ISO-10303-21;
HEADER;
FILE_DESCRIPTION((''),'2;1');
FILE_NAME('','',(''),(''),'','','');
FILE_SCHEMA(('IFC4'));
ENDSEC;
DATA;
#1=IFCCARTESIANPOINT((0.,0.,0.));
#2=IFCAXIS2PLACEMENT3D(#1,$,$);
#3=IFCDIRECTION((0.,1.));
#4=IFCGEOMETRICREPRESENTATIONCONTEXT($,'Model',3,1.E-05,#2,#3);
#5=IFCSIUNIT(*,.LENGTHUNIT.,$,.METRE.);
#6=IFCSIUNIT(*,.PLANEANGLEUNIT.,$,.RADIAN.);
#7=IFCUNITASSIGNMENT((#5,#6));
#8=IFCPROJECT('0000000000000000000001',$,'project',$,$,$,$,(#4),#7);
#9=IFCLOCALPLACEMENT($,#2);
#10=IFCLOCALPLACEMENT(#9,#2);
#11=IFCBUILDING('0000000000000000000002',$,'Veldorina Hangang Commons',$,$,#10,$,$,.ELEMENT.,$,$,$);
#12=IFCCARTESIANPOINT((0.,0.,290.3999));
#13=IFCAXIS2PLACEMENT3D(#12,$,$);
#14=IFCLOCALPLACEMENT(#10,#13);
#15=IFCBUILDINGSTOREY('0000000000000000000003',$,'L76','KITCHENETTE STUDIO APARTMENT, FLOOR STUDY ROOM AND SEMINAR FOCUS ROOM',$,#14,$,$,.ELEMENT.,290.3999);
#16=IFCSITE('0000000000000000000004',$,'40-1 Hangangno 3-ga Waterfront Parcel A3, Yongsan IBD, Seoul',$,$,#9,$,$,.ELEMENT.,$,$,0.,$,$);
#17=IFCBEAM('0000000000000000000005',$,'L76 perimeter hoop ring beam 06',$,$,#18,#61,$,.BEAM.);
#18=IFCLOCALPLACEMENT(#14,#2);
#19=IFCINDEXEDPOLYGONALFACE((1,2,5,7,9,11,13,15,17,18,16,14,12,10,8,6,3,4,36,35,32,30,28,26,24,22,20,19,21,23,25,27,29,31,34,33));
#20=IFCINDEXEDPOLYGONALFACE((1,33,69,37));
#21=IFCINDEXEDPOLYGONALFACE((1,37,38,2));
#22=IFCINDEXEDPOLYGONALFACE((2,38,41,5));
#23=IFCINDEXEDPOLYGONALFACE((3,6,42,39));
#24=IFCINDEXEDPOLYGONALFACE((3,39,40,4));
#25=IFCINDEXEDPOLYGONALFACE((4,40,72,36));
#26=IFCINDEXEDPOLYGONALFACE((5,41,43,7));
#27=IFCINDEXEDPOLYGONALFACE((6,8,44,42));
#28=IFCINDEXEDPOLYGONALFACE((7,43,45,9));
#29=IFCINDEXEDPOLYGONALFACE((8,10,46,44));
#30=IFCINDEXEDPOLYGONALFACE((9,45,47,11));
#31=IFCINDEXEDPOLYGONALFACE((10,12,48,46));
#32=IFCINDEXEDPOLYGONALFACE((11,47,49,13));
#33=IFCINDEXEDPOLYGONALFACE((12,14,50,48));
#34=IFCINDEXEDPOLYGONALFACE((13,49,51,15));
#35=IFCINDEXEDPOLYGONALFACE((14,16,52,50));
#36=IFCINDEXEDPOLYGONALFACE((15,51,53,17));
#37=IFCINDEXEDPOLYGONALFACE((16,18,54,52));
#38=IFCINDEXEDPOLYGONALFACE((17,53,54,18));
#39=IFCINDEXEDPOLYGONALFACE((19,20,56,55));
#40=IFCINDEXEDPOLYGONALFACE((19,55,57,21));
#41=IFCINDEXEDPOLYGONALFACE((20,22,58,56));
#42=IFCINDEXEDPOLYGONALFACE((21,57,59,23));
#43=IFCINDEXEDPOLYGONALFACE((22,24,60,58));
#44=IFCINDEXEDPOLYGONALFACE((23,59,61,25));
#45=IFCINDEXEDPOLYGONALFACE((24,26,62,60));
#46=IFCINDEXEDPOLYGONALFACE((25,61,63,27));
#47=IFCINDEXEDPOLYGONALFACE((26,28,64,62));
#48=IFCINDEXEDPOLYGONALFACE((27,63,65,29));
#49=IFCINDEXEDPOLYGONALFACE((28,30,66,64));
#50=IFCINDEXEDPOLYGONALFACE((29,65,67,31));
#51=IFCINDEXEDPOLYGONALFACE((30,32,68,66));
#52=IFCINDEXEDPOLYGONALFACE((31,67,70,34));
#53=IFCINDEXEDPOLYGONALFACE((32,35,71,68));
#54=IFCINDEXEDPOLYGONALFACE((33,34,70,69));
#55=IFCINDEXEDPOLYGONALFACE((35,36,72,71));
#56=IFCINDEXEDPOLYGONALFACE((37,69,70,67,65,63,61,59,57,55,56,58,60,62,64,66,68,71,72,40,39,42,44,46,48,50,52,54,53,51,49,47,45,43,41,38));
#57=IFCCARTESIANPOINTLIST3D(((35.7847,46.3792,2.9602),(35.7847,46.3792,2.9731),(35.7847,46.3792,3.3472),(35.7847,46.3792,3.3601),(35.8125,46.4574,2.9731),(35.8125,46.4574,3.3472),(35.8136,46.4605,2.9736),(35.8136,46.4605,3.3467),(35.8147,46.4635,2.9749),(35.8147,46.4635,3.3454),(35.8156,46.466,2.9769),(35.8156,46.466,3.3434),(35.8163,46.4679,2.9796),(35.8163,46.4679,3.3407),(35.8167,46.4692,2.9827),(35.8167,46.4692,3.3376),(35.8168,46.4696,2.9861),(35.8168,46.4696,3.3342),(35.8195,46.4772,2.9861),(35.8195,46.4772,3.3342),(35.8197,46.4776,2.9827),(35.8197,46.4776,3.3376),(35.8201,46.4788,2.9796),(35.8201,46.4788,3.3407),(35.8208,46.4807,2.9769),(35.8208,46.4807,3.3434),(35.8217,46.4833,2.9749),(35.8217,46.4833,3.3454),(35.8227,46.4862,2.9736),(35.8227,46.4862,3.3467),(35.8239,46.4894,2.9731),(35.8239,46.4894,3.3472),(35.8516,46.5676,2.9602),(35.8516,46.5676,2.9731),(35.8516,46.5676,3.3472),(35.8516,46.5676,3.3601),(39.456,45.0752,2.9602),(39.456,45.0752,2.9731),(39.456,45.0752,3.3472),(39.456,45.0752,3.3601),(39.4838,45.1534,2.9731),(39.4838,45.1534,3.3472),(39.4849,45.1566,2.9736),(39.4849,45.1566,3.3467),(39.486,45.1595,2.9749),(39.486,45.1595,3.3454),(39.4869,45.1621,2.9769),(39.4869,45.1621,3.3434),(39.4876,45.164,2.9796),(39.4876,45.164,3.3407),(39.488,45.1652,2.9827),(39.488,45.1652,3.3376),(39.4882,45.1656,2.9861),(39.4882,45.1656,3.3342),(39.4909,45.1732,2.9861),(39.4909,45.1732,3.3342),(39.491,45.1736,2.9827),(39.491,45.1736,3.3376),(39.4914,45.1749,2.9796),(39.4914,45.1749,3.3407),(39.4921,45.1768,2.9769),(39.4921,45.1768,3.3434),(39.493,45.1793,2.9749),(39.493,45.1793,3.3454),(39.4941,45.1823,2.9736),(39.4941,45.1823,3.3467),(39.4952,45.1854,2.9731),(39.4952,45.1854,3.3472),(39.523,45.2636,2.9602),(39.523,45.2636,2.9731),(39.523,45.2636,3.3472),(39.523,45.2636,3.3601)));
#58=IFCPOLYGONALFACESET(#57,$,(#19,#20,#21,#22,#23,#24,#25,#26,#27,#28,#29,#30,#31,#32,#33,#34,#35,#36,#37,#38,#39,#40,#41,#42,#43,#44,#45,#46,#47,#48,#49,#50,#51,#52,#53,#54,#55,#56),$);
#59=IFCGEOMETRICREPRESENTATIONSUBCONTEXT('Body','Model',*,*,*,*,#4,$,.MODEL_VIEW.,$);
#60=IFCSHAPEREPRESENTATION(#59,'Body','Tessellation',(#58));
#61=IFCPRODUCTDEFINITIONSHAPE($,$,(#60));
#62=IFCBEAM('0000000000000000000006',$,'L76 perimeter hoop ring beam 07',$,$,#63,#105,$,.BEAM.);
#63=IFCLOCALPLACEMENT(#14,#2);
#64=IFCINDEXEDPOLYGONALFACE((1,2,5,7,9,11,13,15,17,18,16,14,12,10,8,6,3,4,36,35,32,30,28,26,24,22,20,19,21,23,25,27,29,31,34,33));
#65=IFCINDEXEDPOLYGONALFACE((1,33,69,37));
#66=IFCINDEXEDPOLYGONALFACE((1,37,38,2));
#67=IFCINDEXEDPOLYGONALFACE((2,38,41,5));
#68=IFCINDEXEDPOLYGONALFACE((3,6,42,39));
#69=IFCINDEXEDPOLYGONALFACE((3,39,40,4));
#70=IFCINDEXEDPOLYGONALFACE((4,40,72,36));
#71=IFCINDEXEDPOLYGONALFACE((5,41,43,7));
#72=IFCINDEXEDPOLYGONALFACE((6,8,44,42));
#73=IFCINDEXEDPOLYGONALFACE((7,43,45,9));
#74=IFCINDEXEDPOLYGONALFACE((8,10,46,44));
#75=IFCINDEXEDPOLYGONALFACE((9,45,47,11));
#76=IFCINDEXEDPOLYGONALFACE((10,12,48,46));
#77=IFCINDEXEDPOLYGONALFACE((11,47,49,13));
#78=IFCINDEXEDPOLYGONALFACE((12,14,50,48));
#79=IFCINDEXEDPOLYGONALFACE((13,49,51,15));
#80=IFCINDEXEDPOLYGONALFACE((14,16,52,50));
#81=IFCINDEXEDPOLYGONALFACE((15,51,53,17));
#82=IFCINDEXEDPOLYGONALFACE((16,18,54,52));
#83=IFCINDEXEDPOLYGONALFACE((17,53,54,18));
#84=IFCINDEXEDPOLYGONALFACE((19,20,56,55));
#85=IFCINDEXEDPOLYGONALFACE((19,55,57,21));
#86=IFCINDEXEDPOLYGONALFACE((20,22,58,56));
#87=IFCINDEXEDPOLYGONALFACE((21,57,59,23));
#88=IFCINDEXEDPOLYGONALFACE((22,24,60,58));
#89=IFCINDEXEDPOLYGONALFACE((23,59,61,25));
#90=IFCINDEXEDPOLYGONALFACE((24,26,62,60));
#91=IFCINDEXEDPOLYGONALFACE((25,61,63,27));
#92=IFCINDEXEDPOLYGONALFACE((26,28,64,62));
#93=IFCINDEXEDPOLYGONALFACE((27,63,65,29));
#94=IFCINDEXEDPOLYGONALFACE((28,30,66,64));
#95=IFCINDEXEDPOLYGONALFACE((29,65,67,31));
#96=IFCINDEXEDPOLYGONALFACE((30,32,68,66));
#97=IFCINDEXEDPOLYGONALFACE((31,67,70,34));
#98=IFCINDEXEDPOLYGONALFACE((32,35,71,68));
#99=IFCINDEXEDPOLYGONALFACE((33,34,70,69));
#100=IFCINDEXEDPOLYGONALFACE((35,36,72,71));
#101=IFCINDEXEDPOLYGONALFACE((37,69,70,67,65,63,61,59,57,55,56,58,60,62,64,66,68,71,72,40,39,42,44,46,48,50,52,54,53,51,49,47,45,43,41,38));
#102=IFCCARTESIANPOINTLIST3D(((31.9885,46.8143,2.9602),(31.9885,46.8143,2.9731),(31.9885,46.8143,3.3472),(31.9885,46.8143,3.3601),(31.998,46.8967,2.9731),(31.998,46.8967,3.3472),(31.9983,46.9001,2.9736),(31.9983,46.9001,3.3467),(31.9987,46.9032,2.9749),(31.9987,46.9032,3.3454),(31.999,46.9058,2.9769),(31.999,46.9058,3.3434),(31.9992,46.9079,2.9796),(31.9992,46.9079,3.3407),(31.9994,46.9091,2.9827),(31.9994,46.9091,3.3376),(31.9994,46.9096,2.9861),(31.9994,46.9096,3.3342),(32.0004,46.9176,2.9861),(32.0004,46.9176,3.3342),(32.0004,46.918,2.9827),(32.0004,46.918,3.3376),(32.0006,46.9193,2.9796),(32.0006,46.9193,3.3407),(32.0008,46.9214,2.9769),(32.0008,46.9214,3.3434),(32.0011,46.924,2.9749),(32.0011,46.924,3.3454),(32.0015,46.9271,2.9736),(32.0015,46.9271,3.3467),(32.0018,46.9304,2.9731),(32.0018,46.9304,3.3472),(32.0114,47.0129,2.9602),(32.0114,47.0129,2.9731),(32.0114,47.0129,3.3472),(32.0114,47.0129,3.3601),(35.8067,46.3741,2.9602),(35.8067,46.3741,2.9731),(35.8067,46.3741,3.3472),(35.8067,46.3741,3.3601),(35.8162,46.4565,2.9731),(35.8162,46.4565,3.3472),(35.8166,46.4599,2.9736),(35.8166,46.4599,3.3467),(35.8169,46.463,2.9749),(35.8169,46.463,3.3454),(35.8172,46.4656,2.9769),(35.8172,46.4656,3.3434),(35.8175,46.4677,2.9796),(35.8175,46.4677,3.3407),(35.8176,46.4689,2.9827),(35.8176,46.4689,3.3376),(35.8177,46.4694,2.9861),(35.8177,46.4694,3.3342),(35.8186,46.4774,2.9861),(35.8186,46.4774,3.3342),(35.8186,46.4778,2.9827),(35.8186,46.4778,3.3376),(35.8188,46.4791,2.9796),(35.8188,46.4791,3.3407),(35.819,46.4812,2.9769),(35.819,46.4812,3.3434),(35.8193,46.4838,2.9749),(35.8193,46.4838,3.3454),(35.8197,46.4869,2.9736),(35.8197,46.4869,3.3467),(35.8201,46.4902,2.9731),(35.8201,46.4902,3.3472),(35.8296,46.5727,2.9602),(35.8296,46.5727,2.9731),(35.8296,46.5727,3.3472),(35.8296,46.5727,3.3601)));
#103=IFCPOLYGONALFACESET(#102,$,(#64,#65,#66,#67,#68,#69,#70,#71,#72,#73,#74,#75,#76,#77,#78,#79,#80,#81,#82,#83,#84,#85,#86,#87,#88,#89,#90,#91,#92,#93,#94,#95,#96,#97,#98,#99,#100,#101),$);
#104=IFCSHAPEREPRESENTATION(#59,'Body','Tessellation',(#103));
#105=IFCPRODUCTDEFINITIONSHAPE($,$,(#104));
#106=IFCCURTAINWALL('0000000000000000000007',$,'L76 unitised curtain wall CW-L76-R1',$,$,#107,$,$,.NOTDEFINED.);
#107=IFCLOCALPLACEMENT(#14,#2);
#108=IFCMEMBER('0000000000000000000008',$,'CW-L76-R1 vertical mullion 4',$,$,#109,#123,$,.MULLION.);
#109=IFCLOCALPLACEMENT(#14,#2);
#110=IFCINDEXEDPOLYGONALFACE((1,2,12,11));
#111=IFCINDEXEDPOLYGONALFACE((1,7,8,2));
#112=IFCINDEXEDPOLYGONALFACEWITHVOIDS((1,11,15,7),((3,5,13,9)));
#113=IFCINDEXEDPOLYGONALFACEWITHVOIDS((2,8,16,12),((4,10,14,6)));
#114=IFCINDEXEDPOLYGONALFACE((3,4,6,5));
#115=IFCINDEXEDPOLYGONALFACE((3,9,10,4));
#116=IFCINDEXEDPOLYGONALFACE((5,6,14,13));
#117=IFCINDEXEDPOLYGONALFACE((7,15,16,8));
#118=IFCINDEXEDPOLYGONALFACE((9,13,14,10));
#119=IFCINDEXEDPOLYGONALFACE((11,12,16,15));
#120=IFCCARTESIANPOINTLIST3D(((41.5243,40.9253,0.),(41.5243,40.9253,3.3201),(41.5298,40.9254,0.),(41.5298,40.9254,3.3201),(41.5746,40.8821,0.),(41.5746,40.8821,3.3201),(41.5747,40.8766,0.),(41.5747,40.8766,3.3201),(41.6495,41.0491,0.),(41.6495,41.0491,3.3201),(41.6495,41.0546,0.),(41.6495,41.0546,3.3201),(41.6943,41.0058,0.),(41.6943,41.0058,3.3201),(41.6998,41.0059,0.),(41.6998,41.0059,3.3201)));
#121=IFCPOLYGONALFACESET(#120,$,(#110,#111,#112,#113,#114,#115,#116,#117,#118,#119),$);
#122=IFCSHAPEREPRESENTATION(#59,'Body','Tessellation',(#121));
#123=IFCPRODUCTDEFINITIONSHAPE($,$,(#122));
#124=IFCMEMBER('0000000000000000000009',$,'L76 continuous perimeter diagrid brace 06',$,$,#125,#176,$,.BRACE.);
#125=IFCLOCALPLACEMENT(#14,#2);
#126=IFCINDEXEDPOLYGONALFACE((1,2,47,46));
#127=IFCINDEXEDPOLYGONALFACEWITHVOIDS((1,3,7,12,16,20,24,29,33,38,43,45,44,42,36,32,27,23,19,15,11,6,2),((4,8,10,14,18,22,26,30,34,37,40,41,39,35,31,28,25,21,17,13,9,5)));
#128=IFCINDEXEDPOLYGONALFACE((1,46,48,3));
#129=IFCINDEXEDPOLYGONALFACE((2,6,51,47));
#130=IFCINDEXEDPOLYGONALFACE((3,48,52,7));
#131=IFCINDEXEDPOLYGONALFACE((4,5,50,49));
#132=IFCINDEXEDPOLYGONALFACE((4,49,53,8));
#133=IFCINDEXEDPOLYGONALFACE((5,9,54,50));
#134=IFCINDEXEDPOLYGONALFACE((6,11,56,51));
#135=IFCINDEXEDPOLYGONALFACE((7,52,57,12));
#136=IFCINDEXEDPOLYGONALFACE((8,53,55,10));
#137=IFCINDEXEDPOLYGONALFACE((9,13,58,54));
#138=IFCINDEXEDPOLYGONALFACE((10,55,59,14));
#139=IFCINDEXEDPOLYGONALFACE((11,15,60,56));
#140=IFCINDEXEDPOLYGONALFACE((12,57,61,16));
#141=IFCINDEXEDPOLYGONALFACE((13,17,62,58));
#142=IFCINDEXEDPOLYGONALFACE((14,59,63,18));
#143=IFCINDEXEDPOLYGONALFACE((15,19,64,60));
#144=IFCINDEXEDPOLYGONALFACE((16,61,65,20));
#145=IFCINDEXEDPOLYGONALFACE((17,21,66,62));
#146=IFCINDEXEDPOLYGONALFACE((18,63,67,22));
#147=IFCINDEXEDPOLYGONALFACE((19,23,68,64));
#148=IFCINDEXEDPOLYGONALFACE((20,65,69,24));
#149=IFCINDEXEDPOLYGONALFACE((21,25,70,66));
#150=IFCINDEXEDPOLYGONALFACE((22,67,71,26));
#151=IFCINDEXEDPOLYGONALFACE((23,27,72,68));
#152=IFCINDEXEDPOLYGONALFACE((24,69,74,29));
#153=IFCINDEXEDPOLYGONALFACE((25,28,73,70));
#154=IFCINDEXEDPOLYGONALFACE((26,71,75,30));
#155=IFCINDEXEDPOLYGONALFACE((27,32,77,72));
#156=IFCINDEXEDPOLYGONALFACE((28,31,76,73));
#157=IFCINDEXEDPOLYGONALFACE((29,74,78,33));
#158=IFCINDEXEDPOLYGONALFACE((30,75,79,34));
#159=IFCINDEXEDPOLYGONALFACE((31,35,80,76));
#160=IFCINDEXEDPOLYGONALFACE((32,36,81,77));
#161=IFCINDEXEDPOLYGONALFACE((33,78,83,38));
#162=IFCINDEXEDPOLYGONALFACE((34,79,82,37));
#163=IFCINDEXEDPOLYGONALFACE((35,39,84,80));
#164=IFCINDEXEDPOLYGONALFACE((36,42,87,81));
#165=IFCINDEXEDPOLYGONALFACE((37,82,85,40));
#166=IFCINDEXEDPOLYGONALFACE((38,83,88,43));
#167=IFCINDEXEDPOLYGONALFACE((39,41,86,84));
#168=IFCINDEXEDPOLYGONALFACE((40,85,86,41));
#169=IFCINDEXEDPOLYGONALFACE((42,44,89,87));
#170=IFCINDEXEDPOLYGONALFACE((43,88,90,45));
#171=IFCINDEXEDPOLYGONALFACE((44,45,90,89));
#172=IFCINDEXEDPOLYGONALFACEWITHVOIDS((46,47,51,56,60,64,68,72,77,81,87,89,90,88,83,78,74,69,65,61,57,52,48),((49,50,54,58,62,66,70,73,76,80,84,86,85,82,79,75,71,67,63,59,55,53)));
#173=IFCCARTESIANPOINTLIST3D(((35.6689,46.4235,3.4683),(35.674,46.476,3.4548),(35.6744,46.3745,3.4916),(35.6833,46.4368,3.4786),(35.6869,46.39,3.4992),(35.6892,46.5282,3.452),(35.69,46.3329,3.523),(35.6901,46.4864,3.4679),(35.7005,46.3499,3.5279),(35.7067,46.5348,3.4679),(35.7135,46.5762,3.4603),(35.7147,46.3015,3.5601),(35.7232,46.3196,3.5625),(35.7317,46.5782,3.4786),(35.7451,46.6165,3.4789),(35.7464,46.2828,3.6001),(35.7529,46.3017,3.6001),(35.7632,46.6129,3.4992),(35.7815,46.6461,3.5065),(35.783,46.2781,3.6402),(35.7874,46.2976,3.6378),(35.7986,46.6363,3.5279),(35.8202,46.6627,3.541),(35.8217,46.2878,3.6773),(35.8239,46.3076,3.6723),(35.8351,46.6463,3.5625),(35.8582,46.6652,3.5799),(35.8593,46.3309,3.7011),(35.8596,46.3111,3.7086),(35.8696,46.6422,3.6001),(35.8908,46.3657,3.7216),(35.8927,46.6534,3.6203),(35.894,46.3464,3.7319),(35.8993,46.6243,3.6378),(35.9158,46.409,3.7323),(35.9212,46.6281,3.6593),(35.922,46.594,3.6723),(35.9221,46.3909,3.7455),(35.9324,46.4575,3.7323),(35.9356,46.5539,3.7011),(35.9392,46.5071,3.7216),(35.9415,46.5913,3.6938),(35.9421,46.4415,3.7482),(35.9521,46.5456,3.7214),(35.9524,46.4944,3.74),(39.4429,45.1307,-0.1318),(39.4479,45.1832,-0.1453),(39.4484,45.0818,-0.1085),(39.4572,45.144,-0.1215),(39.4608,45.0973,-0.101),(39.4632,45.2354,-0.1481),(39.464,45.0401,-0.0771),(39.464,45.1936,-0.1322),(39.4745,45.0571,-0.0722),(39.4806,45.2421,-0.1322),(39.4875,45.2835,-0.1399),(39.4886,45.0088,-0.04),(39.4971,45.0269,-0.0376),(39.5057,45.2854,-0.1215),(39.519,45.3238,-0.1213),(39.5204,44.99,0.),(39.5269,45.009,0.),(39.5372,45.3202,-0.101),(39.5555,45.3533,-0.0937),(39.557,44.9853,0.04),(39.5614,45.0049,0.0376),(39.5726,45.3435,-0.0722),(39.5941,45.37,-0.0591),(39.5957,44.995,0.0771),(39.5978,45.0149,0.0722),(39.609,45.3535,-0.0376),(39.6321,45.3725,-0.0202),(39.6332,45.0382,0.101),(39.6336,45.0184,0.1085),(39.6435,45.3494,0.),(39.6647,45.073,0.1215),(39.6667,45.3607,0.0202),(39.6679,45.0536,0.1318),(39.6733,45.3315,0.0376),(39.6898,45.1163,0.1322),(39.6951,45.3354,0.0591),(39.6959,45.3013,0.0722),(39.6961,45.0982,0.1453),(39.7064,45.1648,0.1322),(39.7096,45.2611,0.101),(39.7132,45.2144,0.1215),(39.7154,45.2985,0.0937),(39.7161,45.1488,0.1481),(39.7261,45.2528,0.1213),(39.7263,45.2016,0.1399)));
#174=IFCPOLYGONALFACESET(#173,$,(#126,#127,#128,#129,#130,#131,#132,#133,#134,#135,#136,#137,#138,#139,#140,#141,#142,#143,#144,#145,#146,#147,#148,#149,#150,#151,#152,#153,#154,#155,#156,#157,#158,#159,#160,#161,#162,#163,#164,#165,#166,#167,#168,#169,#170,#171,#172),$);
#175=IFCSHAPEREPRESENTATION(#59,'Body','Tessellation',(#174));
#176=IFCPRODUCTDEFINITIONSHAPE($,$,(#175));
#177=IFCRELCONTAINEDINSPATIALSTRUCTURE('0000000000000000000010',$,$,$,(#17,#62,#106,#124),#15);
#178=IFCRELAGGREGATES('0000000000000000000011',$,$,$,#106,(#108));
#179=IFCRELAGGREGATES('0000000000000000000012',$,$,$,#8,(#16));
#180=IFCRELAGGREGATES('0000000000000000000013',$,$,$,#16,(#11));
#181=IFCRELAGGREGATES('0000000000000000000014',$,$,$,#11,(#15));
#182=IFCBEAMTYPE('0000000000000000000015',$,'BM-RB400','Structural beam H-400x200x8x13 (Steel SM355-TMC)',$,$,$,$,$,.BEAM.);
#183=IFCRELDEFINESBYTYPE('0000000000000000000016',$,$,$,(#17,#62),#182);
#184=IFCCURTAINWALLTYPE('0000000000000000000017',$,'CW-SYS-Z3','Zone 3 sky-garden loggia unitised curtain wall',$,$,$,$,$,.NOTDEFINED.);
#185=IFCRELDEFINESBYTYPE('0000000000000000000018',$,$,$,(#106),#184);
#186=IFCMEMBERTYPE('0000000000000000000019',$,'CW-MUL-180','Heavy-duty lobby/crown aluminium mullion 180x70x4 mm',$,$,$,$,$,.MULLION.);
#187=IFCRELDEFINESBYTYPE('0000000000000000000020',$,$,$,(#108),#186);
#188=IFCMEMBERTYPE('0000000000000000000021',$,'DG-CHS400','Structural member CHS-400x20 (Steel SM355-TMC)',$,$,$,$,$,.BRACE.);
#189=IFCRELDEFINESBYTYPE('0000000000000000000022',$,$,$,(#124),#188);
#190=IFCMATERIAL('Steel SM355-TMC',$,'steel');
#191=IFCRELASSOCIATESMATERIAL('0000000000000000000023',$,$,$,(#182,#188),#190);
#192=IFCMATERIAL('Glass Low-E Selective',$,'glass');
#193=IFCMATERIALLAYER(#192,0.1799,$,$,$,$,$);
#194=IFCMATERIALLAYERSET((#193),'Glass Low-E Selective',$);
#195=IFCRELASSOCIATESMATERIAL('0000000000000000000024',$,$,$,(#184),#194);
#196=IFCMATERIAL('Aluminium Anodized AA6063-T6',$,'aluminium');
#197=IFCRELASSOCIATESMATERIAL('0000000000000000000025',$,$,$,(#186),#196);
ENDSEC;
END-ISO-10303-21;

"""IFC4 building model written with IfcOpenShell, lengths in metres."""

from ifc_helpers import new_model, si_unit, direction, frame, origin, origin_2d, place, context, subcontext, project, spatial, hollow_rectangle, hollow_circle, i_section, extrude, material, layer, layer_set, material_profile, profile_set, type_object, element, aggregate, save


model = new_model("IFC4")

# Units and contexts
model_context = context("Model", 3, precision=1e-05, world=origin(), true_north=direction((0.0, 1.0)))
body_context = subcontext(model_context, "Body", "Model", "MODEL_VIEW")
ifc_project = project(units=[si_unit("LENGTHUNIT", "METRE"), si_unit("PLANEANGLEUNIT", "RADIAN")], contexts=[model_context])

# Site, building, storey
site_placement = place(None, origin())
site = spatial("IfcSite", under=ifc_project, at=site_placement, Name="40-1 Hangangno 3-ga Waterfront Parcel A3, Yongsan IBD, Seoul", CompositionType="ELEMENT", RefElevation=0.0)
building_placement = place(site_placement, origin())
building = spatial("IfcBuilding", under=site, at=building_placement, Name="Veldorina Hangang Commons", CompositionType="ELEMENT")
storey_placement = place(building_placement, frame((0.0, 0.0, 290.3999)))
storey = spatial("IfcBuildingStorey", under=building, at=storey_placement, Name="L76", Description="KITCHENETTE STUDIO APARTMENT, FLOOR STUDY ROOM AND SEMINAR FOCUS ROOM", CompositionType="ELEMENT", Elevation=290.3999)

# Beams
ifc_material_1 = material(Name="Steel SM355-TMC", Category="steel")
ifc_material_profile_1 = material_profile(ifc_material_1, i_section(OverallWidth=0.2, OverallDepth=0.3999, WebThickness=0.0081, FlangeThickness=0.0129, FilletRadius=0.0129, at=origin_2d()), Name="H-400x200x8x13")
ifc_profile_set_1 = profile_set([ifc_material_profile_1], Name="Steel SM355-TMC")
beam_type = type_object("IfcBeamType", Name="BM-RB400", Description="Structural beam H-400x200x8x13 (Steel SM355-TMC)", PredefinedType="BEAM", material=ifc_profile_set_1)
beam_1_placement = place(storey_placement, frame((39.4895, 45.1694, 3.1602), z_axis=(-0.94233, 0.334685, 0.0), x_axis=(-0.334685, -0.94233, 0.0)))
element("IfcBeam", 1, at=beam_1_placement, inside=storey, type_object=beam_type, Name="L76 perimeter hoop ring beam 06", PredefinedType="BEAM", context=body_context, shape_type="SweptSolid", body=[
    extrude(i_section(OverallWidth=0.2, OverallDepth=0.3999, WebThickness=0.0081, FlangeThickness=0.0129, FilletRadius=0.0129, at=origin_2d()), origin(), (0.0, 0.0, 1.0), 3.896),
])
beam_2_placement = place(storey_placement, frame((35.8181, 46.4734, 3.1602), z_axis=(-0.99342, 0.11453, 0.0), x_axis=(-0.11453, -0.99342, 0.0)))
element("IfcBeam", 2, at=beam_2_placement, inside=storey, type_object=beam_type, Name="L76 perimeter hoop ring beam 07", PredefinedType="BEAM", context=body_context, shape_type="SweptSolid", body=[
    extrude(i_section(OverallWidth=0.2, OverallDepth=0.3999, WebThickness=0.0081, FlangeThickness=0.0129, FilletRadius=0.0129, at=origin_2d()), origin(), (0.0, 0.0, 1.0), 3.8435),
])

# Curtain wall, member
ifc_material_2 = material(Name="Glass Low-E Selective", Category="glass")
ifc_layer_1 = layer(ifc_material_2, 0.1799)
ifc_layer_set_1 = layer_set([ifc_layer_1], Name="Glass Low-E Selective")
curtain_wall_type = type_object("IfcCurtainWallType", Name="CW-SYS-Z3", Description="Zone 3 sky-garden loggia unitised curtain wall", PredefinedType="NOTDEFINED", material=ifc_layer_set_1)
curtain_wall_placement = place(storey_placement, origin())
curtain_wall = element("IfcCurtainWall", 3, at=curtain_wall_placement, inside=storey, type_object=curtain_wall_type, Name="L76 unitised curtain wall CW-L76-R1", PredefinedType="NOTDEFINED")
ifc_material_3 = material(Name="Aluminium Anodized AA6063-T6", Category="aluminium")
ifc_material_profile_2 = material_profile(ifc_material_3, hollow_rectangle(XDim=0.0701, YDim=0.1799, WallThickness=0.0039, at=origin_2d()), Name="ALU-RHS-180x70x4")
ifc_profile_set_2 = profile_set([ifc_material_profile_2], Name="Aluminium Anodized AA6063-T6")
member_type_1 = type_object("IfcMemberType", Name="CW-MUL-180", Description="Heavy-duty lobby/crown aluminium mullion 180x70x4 mm", PredefinedType="MULLION", material=ifc_profile_set_2)
member_1_placement = place(storey_placement, frame((41.6121, 40.9656, 0.0), z_axis=(0.0, 0.0, 1.0), x_axis=(0.718551, -0.695474, 0.0)))
member_1 = element("IfcMember", 4, at=member_1_placement, type_object=member_type_1, Name="CW-L76-R1 vertical mullion 4", PredefinedType="MULLION", context=body_context, shape_type="SweptSolid", body=[
    extrude(hollow_rectangle(XDim=0.0701, YDim=0.1799, WallThickness=0.0039, at=origin_2d()), origin(), (0.0, 0.0, 1.0), 3.3201),
])
aggregate(curtain_wall, [member_1])

# Member
ifc_material_profile_3 = material_profile(ifc_material_1, hollow_circle(Radius=0.2, WallThickness=0.02, at=origin_2d()), Name="CHS-400x20")
ifc_profile_set_3 = profile_set([ifc_material_profile_3], Name="Steel SM355-TMC")
member_type_2 = type_object("IfcMemberType", Name="DG-CHS400", Description="Structural member CHS-400x20 (Steel SM355-TMC)", PredefinedType="BRACE", material=ifc_profile_set_3)
member_2_placement = place(storey_placement, frame((39.5852, 45.1792, 0.0), z_axis=(-0.702324, 0.240575, 0.669974), x_axis=(-0.324057, -0.946038, 0.0)))
element("IfcMember", 5, at=member_2_placement, inside=storey, type_object=member_type_2, Name="L76 continuous perimeter diagrid brace 06", PredefinedType="BRACE", context=body_context, shape_type="SweptSolid", body=[
    extrude(hollow_circle(Radius=0.2, WallThickness=0.02, at=origin_2d()), origin(), (0.0, 0.0, 1.0), 5.3735),
])

save(model, "model.ifc")
